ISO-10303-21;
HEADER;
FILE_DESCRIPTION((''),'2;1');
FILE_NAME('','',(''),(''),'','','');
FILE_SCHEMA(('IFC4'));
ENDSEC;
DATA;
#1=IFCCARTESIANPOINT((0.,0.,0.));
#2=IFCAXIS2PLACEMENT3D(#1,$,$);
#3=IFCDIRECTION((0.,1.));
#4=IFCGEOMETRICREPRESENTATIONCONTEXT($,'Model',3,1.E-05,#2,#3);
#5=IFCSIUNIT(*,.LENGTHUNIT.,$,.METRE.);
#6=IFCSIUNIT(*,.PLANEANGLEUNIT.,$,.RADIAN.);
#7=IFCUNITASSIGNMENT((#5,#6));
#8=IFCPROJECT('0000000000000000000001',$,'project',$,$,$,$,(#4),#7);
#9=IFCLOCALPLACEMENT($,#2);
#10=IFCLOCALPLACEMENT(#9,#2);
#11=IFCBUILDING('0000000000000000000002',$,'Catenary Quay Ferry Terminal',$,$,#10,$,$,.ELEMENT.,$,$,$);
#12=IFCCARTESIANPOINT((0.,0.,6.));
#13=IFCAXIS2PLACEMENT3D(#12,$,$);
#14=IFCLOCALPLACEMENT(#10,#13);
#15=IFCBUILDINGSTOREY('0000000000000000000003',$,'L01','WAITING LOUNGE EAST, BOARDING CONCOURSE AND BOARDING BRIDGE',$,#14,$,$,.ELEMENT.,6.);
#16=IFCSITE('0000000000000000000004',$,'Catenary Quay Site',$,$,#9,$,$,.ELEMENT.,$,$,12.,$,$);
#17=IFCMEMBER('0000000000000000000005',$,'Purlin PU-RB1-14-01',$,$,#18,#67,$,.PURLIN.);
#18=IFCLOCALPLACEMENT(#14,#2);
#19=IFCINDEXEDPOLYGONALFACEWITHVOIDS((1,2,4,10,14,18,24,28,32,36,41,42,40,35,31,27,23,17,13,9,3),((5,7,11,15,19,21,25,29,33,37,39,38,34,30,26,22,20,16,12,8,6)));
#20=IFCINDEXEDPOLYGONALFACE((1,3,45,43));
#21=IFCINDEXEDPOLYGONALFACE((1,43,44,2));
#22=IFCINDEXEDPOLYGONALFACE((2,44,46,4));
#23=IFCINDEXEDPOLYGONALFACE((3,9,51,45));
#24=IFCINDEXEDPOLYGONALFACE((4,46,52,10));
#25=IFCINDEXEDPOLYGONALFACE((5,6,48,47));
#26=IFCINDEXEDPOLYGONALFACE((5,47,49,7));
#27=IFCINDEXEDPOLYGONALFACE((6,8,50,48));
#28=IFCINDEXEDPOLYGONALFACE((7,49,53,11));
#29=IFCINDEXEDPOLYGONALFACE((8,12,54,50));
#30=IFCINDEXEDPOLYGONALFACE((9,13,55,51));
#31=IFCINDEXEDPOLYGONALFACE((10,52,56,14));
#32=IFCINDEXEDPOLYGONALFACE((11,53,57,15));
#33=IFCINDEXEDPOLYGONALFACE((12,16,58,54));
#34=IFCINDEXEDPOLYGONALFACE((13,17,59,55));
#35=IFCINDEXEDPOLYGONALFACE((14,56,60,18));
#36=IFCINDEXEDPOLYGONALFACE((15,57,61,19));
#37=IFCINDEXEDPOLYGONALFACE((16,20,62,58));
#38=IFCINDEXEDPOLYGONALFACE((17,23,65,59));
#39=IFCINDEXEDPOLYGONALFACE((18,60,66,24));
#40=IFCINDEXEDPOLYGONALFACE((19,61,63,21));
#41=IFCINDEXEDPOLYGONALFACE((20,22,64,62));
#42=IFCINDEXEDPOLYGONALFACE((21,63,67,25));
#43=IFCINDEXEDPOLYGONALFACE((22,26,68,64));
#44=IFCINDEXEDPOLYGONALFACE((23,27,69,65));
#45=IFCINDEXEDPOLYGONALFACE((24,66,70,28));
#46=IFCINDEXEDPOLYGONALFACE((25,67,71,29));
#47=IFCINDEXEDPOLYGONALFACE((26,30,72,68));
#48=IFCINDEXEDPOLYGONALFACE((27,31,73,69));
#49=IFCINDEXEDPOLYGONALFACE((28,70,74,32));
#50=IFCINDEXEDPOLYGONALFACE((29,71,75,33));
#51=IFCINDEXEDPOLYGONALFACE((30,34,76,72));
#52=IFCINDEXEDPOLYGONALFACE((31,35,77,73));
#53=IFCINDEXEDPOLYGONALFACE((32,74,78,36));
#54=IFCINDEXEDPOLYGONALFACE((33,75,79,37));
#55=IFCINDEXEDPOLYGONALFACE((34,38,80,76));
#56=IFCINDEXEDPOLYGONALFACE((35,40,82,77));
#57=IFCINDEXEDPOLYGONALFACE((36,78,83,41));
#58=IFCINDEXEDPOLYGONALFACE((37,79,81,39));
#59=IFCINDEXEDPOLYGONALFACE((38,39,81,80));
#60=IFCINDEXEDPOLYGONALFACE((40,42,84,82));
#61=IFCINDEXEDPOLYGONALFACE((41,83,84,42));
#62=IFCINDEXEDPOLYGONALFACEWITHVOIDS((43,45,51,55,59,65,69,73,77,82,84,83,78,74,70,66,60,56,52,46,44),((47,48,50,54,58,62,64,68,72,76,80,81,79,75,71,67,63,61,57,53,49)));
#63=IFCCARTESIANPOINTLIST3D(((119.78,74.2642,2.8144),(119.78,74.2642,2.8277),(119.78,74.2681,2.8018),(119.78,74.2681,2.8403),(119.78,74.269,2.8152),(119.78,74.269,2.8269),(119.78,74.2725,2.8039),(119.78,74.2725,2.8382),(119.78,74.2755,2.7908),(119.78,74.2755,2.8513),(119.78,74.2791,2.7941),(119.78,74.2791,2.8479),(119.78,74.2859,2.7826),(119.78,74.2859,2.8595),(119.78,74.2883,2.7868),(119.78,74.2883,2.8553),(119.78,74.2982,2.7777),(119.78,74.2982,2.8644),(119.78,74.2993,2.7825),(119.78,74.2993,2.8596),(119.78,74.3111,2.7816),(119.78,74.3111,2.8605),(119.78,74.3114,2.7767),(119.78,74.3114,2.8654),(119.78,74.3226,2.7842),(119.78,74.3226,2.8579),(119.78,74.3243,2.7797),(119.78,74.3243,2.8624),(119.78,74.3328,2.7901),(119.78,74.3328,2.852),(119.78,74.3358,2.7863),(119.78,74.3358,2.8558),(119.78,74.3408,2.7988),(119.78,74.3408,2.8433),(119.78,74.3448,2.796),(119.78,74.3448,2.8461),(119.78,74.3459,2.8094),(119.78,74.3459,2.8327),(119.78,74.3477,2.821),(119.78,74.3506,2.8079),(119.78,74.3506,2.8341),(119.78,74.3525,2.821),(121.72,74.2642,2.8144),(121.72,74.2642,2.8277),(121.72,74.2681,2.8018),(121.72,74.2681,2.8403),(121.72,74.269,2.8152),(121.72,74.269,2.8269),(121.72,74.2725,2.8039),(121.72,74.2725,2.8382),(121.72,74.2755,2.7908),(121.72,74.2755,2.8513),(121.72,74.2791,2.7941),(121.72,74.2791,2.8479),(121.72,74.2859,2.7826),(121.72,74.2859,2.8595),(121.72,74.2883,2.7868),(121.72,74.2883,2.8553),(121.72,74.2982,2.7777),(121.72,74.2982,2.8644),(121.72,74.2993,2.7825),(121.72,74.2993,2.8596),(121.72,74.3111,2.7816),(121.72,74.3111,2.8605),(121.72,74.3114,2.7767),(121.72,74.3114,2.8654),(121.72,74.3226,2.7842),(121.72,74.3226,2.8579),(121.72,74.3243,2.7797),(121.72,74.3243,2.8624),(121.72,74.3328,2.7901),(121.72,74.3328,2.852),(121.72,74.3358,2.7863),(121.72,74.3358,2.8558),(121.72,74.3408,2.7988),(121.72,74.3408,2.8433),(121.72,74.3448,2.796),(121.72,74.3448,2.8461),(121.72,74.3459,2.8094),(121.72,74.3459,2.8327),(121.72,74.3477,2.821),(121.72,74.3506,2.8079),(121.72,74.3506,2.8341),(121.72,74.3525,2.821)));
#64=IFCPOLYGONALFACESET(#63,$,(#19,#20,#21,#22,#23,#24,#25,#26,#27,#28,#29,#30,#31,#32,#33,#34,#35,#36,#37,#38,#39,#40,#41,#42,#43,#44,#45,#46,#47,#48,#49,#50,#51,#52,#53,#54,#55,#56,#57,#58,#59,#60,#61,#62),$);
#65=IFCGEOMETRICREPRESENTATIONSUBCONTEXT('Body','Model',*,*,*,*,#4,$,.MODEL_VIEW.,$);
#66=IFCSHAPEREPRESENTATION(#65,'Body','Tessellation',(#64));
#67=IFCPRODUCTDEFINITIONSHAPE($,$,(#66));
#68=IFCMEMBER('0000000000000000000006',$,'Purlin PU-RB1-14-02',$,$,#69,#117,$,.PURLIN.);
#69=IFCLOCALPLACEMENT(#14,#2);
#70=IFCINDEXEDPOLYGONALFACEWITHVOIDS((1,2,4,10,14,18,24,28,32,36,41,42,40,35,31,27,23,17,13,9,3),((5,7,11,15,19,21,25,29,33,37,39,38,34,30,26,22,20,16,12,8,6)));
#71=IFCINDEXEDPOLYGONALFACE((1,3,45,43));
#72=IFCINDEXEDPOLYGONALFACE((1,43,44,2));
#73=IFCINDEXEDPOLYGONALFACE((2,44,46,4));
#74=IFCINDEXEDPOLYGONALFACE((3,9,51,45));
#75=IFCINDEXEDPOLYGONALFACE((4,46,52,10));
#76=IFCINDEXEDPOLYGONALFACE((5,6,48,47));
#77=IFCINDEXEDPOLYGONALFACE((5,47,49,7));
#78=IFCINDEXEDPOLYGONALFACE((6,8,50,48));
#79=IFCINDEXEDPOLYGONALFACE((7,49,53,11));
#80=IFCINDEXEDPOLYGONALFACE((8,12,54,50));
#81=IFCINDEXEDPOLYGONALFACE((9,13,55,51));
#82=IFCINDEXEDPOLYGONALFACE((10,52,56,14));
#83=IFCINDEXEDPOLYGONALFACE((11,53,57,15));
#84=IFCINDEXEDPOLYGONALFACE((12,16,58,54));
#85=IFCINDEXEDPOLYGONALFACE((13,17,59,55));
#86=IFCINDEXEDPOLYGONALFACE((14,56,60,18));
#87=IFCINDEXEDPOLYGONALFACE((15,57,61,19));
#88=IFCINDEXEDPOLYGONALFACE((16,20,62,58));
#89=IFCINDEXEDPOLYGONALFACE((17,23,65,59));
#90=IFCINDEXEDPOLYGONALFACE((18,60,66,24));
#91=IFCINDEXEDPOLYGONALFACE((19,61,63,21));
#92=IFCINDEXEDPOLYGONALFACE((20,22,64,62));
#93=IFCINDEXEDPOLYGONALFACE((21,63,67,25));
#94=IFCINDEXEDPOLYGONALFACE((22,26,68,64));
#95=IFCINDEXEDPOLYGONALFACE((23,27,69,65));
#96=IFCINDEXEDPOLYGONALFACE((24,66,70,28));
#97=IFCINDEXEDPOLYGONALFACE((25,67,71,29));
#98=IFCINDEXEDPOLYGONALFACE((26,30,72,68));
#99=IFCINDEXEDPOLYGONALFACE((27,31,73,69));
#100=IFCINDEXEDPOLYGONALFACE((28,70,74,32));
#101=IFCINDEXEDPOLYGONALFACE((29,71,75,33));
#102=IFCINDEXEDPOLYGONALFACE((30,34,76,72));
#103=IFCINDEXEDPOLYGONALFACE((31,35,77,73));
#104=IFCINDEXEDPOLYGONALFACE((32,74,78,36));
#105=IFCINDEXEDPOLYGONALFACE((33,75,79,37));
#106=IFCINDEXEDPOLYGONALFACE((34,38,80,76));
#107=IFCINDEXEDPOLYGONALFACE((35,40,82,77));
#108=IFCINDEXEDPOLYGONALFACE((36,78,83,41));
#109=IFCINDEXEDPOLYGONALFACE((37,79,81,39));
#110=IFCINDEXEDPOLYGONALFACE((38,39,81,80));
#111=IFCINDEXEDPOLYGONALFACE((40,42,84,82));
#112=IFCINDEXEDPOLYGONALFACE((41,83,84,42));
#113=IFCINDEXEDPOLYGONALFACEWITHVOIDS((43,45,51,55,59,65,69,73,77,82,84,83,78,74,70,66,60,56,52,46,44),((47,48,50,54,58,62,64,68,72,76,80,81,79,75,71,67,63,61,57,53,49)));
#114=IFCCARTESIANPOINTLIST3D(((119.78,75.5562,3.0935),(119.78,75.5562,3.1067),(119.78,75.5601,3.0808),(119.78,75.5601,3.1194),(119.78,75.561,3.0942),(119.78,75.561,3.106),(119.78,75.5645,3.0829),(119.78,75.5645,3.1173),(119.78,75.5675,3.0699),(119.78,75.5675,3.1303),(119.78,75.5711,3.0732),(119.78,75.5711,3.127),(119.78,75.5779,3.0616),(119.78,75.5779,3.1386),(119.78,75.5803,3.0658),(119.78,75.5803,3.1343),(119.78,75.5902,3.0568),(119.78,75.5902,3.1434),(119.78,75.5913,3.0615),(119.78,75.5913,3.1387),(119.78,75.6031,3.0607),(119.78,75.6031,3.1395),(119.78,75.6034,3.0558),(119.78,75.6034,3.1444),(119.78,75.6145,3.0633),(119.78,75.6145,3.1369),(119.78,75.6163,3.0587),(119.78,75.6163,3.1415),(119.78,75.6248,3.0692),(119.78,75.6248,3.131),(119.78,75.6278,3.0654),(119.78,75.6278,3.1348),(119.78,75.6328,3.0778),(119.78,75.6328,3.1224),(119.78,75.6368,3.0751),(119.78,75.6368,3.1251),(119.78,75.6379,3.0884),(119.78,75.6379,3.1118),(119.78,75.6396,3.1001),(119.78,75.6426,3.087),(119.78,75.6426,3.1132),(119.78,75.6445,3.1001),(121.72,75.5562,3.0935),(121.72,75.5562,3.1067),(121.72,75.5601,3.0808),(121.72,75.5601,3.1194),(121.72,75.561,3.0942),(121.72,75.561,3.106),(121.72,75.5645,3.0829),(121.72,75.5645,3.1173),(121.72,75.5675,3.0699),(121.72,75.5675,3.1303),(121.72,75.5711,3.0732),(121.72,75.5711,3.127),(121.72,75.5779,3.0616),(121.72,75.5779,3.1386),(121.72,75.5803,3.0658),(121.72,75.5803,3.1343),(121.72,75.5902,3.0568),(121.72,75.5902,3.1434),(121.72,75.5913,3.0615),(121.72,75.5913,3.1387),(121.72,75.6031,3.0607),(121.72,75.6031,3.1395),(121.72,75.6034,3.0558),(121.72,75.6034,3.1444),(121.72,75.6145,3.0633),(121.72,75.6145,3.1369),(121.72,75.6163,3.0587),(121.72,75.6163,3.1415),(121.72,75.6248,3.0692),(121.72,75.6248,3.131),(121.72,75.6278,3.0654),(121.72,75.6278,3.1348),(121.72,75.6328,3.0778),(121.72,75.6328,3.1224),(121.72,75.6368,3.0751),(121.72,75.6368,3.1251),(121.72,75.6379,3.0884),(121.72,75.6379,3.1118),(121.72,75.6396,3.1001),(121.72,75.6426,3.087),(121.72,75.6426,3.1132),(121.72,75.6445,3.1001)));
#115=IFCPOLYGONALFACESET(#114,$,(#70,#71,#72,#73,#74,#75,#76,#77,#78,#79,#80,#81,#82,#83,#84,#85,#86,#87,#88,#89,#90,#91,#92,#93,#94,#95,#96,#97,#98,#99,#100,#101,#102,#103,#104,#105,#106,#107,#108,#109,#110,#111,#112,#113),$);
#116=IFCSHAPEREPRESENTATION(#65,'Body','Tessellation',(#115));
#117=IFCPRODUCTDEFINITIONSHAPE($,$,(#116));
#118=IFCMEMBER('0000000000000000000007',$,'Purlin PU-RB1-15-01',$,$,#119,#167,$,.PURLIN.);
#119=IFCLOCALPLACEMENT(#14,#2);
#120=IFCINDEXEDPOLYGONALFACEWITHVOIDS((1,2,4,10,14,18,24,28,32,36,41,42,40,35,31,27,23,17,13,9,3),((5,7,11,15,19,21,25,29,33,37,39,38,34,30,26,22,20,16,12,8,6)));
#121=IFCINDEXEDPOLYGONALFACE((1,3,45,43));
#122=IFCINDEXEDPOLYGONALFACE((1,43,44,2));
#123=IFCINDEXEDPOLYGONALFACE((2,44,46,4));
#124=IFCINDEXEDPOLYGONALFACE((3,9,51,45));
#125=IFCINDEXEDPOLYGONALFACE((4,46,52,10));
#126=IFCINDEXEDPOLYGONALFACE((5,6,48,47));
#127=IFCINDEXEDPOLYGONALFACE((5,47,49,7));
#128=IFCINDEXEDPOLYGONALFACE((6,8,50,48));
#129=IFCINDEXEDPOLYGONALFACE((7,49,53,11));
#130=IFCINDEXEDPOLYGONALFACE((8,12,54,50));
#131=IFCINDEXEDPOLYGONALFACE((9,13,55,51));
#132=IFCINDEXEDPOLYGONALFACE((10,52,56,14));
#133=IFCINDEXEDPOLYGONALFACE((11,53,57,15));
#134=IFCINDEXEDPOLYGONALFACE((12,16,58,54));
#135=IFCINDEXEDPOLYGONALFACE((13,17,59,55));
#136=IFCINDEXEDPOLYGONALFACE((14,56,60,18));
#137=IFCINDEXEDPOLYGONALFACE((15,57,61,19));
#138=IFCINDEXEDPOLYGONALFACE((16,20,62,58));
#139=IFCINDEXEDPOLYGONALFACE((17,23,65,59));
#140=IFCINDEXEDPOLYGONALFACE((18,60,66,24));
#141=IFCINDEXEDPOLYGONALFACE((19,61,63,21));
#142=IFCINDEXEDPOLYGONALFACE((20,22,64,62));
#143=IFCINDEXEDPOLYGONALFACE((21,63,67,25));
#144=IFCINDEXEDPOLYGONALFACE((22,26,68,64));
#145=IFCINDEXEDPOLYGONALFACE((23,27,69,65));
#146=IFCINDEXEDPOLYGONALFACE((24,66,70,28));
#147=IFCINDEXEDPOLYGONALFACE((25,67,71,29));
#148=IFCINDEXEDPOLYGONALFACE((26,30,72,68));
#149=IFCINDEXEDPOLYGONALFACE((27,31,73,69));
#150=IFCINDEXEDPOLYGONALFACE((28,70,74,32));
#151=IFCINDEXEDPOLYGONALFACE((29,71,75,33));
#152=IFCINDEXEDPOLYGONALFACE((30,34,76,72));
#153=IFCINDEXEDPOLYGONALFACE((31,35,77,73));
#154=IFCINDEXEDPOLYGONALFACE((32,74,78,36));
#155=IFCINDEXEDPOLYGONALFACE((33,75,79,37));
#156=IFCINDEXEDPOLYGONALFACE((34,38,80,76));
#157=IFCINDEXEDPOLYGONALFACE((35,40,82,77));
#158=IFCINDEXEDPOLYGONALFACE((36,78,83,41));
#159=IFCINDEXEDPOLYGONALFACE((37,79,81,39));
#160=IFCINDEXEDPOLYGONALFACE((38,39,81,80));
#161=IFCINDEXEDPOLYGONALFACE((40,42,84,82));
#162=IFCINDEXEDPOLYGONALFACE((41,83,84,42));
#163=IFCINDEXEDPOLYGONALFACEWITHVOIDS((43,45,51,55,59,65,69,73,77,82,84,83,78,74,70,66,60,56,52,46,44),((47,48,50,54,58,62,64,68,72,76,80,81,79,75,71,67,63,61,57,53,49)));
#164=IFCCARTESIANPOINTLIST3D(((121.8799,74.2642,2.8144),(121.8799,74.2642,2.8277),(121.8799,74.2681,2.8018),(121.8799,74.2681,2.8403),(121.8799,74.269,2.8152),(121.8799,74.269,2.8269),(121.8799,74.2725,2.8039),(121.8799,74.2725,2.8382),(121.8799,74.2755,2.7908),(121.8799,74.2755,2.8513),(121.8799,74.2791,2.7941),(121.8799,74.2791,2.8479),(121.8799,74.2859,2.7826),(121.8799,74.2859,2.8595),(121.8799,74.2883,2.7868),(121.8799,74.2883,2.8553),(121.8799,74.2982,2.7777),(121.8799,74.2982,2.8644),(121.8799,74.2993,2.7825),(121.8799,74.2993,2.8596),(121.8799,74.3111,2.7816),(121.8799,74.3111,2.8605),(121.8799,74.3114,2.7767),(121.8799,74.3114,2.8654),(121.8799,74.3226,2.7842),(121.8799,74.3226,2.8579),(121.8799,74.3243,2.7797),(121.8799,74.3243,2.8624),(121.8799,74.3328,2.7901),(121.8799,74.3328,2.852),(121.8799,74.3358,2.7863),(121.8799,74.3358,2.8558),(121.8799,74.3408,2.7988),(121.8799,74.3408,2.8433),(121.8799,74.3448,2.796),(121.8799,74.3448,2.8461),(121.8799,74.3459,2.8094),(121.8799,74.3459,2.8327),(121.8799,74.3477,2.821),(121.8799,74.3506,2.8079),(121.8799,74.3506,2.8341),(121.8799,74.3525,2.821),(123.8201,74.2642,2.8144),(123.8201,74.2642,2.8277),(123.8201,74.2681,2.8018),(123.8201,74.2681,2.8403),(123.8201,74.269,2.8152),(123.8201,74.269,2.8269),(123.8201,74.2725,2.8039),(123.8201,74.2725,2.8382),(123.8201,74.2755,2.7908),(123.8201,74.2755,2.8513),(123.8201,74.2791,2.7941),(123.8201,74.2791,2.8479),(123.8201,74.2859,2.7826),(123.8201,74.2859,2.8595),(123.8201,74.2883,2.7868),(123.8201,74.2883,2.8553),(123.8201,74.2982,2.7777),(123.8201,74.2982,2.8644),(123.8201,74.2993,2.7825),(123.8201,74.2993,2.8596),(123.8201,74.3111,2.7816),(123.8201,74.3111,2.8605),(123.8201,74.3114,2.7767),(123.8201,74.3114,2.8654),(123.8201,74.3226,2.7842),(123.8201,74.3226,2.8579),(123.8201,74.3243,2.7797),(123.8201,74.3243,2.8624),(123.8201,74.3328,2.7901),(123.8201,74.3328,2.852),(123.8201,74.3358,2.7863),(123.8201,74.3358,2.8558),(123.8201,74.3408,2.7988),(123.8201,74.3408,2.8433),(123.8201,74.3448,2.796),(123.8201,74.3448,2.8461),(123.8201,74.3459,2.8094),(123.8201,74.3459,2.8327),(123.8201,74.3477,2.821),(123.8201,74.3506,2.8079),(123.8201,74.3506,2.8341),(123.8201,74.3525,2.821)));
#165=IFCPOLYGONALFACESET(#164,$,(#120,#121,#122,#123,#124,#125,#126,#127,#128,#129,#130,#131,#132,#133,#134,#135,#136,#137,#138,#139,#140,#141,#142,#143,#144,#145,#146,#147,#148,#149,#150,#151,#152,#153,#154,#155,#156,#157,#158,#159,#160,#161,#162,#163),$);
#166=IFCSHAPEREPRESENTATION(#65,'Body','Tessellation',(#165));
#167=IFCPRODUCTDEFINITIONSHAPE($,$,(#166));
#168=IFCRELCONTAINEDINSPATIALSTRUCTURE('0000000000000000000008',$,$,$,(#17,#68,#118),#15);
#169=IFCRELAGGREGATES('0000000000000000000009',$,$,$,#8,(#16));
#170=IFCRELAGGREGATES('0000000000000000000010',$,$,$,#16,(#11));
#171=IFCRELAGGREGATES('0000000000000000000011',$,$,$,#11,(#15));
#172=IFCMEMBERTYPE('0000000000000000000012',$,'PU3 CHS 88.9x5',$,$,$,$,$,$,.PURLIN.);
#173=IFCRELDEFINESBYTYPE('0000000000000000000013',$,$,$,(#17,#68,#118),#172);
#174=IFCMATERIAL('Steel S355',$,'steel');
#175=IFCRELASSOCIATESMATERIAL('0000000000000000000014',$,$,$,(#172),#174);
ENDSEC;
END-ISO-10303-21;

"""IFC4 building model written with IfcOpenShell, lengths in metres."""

from ifc_helpers import new_model, si_unit, direction, frame, origin, origin_2d, place, context, subcontext, project, spatial, hollow_circle, extrude, material, material_profile, profile_set, type_object, element, save


model = new_model("IFC4")

# Units and contexts
model_context = context("Model", 3, precision=1e-05, world=origin(), true_north=direction((0.0, 1.0)))
body_context = subcontext(model_context, "Body", "Model", "MODEL_VIEW")
ifc_project = project(units=[si_unit("LENGTHUNIT", "METRE"), si_unit("PLANEANGLEUNIT", "RADIAN")], contexts=[model_context])

# Site, building, storey
site_placement = place(None, origin())
site = spatial("IfcSite", under=ifc_project, at=site_placement, Name="Catenary Quay Site", CompositionType="ELEMENT", RefElevation=12.0)
building_placement = place(site_placement, origin())
building = spatial("IfcBuilding", under=site, at=building_placement, Name="Catenary Quay Ferry Terminal", CompositionType="ELEMENT")
storey_placement = place(building_placement, frame((0.0, 0.0, 6.0)))
storey = spatial("IfcBuildingStorey", under=building, at=storey_placement, Name="L01", Description="WAITING LOUNGE EAST, BOARDING CONCOURSE AND BOARDING BRIDGE", CompositionType="ELEMENT", Elevation=6.0)

# Members
ifc_material_1 = material(Name="Steel S355", Category="steel")
ifc_material_profile_1 = material_profile(ifc_material_1, hollow_circle(Radius=0.0444, WallThickness=0.0049, at=origin_2d()), Name="CHS 88.9x5")
ifc_profile_set_1 = profile_set([ifc_material_profile_1], Name="Steel S355")
member_type_1 = type_object("IfcMemberType", Name="PU3 CHS 88.9x5", PredefinedType="PURLIN", material=ifc_profile_set_1)
for number, where, z_axis, x_axis, name in (
    (1, (119.78, 74.3081, 2.821), (1.0, 0.0, 0.0), (0.0, 1.0, 0.0), "Purlin PU-RB1-14-01"),
    (2, (119.78, 75.6001, 3.1001), (1.0, 0.0, 0.0), (0.0, 1.0, 0.0), "Purlin PU-RB1-14-02"),
):
    element("IfcMember", number, at=place(storey_placement, frame(where, z_axis=z_axis, x_axis=x_axis)), inside=storey, type_object=member_type_1, Name=name, PredefinedType="PURLIN", context=body_context, shape_type="SweptSolid", body=[
        extrude(hollow_circle(Radius=0.0444, WallThickness=0.0049, at=origin_2d()), origin(), (0.0, 0.0, 1.0), 1.9399),
    ])
for number, where, z_axis, x_axis, name in (
    (3, (121.8799, 74.3081, 2.821), (1.0, 0.0, 0.0), (0.0, 1.0, 0.0), "Purlin PU-RB1-15-01"),
):
    element("IfcMember", number, at=place(storey_placement, frame(where, z_axis=z_axis, x_axis=x_axis)), inside=storey, type_object=member_type_1, Name=name, PredefinedType="PURLIN", context=body_context, shape_type="SweptSolid", body=[
        extrude(hollow_circle(Radius=0.0444, WallThickness=0.0049, at=origin_2d()), origin(), (0.0, 0.0, 1.0), 1.9402),
    ])

save(model, "model.ifc")
